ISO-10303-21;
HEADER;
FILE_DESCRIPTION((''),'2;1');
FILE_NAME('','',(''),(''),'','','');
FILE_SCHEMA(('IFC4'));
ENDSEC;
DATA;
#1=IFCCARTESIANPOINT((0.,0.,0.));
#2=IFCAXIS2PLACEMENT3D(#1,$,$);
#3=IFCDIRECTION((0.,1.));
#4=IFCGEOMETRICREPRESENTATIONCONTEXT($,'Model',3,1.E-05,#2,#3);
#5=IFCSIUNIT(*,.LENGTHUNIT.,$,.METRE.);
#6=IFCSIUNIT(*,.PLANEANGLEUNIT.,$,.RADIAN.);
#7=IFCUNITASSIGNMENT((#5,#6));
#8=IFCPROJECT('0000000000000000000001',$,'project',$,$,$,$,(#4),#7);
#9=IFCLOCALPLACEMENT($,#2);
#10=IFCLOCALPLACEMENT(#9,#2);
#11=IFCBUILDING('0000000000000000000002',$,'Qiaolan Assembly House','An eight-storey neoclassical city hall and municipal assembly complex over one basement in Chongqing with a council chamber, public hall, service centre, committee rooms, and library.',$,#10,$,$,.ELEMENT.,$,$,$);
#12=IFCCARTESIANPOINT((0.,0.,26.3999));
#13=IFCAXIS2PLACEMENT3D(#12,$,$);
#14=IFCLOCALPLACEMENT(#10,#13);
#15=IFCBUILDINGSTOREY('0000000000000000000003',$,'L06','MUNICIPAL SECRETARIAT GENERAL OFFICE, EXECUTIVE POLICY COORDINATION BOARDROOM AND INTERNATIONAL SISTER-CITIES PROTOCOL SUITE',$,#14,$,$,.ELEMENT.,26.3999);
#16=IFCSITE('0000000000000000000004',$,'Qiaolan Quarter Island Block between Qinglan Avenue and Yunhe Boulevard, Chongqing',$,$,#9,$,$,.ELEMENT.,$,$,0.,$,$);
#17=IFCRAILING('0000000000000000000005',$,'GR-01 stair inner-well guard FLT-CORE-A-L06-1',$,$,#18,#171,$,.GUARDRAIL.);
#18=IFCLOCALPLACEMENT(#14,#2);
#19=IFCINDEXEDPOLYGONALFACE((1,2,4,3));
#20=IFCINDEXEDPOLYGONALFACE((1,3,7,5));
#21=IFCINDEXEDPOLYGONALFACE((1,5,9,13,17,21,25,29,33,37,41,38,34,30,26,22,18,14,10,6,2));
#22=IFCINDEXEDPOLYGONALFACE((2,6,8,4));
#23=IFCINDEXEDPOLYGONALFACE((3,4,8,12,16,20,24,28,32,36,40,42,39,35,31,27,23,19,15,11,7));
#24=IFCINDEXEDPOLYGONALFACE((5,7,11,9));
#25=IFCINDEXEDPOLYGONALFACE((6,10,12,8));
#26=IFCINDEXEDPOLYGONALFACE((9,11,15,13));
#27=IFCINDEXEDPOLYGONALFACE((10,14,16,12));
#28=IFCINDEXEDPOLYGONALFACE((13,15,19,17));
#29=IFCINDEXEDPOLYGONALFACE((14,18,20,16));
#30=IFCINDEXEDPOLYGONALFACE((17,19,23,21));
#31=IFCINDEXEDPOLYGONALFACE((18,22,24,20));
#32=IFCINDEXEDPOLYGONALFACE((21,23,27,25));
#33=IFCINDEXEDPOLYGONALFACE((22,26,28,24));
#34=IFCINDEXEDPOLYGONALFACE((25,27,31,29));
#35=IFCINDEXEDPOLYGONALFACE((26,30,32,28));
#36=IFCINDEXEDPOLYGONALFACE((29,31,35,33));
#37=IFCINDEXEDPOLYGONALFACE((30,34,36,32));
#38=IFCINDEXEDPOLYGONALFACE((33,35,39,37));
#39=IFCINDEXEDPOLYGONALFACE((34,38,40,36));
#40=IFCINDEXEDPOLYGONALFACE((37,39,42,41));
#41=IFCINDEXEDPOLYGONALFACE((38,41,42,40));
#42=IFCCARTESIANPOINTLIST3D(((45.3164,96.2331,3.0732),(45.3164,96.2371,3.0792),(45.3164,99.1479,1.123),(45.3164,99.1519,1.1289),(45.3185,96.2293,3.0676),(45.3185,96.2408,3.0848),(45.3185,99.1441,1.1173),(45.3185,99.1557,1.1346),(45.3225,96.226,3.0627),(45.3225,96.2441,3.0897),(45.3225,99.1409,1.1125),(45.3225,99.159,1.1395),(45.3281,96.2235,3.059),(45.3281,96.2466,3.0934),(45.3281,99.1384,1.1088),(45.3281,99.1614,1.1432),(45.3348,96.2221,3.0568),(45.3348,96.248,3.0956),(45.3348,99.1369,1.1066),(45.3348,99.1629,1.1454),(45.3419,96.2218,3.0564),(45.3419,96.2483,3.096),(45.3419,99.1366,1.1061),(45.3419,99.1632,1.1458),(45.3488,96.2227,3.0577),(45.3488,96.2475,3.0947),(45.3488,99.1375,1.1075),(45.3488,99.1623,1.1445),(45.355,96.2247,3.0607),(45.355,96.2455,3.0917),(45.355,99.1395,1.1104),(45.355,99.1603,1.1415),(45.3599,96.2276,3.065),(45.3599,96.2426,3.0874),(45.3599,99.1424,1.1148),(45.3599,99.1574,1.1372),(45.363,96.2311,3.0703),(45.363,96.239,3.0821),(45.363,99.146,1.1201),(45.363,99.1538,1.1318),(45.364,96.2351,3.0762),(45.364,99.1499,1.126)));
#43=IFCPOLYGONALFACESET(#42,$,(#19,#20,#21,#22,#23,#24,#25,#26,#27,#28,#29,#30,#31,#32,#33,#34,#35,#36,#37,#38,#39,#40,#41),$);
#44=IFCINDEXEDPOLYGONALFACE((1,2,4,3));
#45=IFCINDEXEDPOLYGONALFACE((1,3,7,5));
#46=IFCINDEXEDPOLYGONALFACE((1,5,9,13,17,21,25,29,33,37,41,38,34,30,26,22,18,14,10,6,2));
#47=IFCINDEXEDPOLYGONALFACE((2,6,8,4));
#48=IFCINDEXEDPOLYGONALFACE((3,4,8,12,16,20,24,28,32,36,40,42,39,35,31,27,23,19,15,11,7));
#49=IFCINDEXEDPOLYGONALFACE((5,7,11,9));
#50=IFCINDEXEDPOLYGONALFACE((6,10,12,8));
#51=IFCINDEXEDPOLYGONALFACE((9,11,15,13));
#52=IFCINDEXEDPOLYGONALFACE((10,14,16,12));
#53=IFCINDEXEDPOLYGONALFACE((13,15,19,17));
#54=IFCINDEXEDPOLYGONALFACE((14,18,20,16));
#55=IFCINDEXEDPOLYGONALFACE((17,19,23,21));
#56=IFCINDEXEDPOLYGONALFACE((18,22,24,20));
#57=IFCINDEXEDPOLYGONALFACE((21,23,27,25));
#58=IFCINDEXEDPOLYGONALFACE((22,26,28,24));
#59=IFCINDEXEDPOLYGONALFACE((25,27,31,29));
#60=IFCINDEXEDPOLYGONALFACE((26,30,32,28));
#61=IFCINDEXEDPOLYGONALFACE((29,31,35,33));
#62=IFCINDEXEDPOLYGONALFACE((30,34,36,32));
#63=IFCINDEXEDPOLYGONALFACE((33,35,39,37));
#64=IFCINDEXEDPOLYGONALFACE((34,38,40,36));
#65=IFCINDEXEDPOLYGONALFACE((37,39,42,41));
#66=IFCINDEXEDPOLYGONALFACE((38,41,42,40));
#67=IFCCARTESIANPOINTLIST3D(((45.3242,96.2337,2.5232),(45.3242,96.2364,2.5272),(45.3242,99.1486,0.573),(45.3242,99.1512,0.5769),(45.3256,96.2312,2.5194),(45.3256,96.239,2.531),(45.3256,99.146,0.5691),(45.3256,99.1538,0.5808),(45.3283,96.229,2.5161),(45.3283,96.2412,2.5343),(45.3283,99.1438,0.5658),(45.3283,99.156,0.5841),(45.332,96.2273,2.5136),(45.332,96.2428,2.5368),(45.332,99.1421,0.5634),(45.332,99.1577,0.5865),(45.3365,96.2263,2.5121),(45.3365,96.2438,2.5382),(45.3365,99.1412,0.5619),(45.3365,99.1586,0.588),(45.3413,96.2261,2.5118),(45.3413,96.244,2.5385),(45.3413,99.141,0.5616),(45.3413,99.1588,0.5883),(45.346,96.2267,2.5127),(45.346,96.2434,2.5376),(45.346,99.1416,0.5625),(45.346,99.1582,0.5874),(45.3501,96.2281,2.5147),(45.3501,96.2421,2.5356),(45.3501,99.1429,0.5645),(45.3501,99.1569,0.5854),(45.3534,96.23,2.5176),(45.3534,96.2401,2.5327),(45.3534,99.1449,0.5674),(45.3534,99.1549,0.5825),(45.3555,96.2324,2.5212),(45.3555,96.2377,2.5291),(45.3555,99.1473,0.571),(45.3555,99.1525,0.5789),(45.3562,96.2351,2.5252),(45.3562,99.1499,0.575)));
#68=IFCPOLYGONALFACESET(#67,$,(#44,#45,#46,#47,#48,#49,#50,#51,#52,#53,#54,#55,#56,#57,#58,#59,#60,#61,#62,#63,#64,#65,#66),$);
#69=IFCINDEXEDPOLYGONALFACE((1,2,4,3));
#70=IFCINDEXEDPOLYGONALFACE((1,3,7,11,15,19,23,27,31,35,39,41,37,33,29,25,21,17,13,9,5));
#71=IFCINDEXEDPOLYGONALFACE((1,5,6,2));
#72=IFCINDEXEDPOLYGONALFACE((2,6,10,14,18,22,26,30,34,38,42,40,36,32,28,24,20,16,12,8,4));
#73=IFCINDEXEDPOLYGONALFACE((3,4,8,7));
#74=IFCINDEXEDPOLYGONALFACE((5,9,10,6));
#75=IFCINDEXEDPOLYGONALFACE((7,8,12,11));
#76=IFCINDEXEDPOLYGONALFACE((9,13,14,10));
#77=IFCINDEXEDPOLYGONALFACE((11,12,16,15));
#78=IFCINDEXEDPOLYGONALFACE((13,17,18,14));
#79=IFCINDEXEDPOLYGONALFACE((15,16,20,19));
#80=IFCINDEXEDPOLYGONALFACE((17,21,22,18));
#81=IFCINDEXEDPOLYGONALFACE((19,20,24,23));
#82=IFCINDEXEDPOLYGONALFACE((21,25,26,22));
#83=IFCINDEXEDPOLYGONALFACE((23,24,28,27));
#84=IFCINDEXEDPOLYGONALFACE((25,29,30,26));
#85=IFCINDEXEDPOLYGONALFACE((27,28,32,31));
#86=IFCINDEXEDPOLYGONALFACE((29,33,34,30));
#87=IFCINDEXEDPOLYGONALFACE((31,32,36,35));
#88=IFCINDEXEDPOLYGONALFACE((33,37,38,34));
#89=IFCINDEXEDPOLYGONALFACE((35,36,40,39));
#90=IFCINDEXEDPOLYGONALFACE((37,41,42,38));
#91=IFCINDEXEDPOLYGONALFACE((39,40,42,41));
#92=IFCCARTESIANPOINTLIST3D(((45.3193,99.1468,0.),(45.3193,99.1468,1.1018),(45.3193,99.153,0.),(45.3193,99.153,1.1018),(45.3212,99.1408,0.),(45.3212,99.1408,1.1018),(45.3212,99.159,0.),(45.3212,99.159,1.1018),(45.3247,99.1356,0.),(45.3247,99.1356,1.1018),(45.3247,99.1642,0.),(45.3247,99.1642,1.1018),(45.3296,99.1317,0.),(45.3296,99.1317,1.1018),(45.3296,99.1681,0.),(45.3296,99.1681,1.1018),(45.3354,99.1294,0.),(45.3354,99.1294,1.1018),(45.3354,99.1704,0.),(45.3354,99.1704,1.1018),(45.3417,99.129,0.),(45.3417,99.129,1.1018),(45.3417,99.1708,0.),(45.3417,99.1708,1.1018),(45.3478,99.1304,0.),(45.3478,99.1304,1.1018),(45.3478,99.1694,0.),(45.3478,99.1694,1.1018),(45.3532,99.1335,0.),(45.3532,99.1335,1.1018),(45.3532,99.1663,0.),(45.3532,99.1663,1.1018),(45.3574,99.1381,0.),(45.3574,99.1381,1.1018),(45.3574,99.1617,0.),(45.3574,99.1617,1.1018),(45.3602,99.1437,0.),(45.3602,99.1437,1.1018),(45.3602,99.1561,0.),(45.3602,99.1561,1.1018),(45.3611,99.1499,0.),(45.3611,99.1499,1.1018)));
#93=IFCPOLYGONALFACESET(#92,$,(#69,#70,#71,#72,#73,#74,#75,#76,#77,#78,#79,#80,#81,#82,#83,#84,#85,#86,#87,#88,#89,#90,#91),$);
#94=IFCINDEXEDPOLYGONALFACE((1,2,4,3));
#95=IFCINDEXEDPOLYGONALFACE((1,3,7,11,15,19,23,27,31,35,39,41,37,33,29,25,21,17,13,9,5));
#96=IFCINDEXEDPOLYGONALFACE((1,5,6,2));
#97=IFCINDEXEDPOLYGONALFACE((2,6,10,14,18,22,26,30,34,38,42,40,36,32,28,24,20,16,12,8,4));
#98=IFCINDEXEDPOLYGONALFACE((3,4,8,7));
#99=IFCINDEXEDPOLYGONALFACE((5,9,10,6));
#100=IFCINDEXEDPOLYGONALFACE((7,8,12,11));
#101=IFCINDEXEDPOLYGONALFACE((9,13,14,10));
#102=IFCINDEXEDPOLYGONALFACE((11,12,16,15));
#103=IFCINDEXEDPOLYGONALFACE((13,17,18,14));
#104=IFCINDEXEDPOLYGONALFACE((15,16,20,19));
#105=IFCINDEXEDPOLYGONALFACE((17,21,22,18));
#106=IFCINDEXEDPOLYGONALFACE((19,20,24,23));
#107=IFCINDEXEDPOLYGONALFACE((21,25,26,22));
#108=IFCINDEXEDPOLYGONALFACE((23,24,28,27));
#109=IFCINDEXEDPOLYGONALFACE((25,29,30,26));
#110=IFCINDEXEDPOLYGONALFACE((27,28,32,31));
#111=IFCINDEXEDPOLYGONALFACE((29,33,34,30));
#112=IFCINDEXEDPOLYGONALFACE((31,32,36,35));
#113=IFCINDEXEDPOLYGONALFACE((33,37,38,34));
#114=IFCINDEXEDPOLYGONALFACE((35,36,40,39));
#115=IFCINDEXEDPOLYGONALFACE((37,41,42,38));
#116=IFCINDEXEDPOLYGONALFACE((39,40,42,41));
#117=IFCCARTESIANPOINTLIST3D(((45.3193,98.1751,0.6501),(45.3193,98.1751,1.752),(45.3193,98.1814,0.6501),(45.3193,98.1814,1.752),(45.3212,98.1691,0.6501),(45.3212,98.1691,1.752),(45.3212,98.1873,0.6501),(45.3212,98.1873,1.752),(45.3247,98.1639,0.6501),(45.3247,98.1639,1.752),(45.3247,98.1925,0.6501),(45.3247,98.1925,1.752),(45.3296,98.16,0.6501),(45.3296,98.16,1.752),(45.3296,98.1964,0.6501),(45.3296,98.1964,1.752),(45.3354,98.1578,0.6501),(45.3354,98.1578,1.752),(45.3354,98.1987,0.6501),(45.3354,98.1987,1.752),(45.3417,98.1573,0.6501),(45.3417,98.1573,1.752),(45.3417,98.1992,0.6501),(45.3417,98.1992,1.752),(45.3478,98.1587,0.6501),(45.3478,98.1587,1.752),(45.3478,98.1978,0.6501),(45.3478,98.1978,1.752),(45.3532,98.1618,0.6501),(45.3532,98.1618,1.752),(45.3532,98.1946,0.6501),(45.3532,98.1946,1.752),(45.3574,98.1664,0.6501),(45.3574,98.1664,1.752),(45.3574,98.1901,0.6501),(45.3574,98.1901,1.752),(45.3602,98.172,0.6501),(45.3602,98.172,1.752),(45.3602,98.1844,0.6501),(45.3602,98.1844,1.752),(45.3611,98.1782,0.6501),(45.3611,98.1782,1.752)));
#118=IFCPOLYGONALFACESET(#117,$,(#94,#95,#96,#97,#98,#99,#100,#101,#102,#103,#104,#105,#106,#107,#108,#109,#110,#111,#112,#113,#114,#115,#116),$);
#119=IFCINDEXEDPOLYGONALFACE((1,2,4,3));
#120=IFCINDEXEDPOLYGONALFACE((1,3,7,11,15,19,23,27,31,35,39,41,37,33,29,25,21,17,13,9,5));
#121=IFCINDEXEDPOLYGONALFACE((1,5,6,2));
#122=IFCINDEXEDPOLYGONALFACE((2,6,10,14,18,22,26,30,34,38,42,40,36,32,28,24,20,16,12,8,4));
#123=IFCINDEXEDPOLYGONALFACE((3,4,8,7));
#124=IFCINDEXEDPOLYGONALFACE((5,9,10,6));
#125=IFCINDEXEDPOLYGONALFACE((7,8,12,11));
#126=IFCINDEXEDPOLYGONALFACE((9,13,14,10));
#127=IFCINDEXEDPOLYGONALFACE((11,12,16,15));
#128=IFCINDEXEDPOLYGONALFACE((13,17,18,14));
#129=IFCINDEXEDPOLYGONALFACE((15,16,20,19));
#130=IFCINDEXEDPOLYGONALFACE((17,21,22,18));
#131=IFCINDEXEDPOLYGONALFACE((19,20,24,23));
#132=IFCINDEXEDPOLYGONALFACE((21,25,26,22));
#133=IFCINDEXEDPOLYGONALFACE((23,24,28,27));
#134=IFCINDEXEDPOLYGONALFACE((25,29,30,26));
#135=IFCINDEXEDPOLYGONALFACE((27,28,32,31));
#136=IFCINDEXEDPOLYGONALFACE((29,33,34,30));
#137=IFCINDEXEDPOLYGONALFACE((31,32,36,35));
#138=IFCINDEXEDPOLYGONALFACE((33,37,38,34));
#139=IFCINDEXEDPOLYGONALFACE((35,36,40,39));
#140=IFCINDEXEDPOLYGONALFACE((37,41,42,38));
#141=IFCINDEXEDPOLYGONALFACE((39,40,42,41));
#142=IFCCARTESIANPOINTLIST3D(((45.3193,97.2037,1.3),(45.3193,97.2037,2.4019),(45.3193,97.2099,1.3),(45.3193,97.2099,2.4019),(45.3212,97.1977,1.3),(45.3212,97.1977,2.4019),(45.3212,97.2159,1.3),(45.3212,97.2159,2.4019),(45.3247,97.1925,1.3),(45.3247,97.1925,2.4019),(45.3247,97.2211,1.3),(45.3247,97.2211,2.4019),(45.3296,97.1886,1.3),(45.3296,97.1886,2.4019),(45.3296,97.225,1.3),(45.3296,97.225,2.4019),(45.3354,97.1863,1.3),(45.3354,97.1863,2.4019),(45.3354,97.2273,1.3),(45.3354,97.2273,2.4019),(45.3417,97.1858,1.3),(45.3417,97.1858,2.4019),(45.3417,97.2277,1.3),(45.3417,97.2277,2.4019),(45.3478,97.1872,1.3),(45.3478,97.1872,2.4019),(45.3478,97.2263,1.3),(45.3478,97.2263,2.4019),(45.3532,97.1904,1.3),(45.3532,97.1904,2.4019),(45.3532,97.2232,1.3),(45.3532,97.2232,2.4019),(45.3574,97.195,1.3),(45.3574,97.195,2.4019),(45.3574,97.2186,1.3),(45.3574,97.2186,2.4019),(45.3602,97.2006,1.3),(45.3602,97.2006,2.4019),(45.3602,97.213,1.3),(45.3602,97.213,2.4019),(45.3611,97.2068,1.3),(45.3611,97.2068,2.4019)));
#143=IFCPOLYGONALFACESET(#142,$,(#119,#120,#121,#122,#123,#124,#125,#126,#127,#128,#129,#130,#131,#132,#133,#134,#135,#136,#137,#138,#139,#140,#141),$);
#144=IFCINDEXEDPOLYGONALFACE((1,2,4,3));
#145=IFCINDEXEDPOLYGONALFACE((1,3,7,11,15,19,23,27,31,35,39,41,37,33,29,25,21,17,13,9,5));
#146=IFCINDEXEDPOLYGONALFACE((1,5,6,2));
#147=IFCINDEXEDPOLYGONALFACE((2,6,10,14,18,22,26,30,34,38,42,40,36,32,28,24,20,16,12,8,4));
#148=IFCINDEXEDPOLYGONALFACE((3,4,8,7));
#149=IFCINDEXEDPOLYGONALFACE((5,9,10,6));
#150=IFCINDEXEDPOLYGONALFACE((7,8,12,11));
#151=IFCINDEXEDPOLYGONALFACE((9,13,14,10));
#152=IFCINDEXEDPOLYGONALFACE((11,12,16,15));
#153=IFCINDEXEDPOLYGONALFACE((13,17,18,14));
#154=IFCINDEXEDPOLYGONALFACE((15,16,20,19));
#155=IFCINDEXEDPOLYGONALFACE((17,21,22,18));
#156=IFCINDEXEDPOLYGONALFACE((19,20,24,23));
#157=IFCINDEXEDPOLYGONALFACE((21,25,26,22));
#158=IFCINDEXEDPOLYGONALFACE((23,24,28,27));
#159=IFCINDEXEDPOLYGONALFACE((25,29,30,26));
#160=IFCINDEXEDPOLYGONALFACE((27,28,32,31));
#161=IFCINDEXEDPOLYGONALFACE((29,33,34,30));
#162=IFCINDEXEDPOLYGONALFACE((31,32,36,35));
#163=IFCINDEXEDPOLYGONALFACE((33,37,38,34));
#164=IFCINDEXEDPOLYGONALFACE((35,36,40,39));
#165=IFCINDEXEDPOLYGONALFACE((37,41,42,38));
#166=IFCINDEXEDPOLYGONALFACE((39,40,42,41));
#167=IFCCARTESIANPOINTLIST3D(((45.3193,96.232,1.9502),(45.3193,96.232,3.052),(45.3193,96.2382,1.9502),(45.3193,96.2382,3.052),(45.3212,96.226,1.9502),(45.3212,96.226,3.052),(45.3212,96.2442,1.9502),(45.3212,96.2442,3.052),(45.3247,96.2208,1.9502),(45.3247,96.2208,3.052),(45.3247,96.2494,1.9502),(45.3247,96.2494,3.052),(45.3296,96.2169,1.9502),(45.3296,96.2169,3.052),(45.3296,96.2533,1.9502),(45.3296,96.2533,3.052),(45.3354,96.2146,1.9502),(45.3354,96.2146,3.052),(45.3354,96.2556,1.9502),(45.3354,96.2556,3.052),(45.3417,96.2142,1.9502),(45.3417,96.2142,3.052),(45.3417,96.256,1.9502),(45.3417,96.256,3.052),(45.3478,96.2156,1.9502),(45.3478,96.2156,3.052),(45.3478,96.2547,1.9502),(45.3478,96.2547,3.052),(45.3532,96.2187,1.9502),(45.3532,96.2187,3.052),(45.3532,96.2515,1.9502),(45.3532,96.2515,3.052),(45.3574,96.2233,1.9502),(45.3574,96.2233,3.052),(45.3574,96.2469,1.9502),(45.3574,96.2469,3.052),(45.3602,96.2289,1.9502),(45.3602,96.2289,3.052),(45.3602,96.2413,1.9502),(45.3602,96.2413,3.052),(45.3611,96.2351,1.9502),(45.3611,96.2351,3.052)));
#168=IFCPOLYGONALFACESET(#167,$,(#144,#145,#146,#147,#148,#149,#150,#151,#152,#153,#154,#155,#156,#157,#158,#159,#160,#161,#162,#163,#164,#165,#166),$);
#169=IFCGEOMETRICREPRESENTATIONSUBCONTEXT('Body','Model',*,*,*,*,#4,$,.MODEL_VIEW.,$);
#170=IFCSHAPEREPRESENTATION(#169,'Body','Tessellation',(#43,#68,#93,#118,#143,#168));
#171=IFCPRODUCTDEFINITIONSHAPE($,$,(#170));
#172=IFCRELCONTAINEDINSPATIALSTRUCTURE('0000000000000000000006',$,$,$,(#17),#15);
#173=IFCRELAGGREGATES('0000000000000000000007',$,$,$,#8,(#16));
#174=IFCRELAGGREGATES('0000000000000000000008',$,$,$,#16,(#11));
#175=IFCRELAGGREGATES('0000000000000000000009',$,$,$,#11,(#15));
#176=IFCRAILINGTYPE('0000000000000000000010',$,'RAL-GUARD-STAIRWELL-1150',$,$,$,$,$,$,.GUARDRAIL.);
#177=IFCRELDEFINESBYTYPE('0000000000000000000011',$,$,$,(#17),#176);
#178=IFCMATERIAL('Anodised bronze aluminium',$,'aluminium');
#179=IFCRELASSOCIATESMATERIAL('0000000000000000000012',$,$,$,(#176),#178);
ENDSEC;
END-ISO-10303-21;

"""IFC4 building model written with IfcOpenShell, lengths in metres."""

from ifc_helpers import new_model, si_unit, direction, frame, origin, origin_2d, place, context, subcontext, project, spatial, circle, extrude, material, type_object, element, save


model = new_model("IFC4")

# Units and contexts
model_context = context("Model", 3, precision=1e-05, world=origin(), true_north=direction((0.0, 1.0)))
body_context = subcontext(model_context, "Body", "Model", "MODEL_VIEW")
ifc_project = project(units=[si_unit("LENGTHUNIT", "METRE"), si_unit("PLANEANGLEUNIT", "RADIAN")], contexts=[model_context])

# Site, building, storey
site_placement = place(None, origin())
site = spatial("IfcSite", under=ifc_project, at=site_placement, Name="Qiaolan Quarter Island Block between Qinglan Avenue and Yunhe Boulevard, Chongqing", CompositionType="ELEMENT", RefElevation=0.0)
building_placement = place(site_placement, origin())
building = spatial("IfcBuilding", under=site, at=building_placement, Name="Qiaolan Assembly House", Description="An eight-storey neoclassical city hall and municipal assembly complex over one basement in Chongqing with a council chamber, public hall, service centre, committee rooms, and library.", CompositionType="ELEMENT")
storey_placement = place(building_placement, frame((0.0, 0.0, 26.3999)))
storey = spatial("IfcBuildingStorey", under=building, at=storey_placement, Name="L06", Description="MUNICIPAL SECRETARIAT GENERAL OFFICE, EXECUTIVE POLICY COORDINATION BOARDROOM AND INTERNATIONAL SISTER-CITIES PROTOCOL SUITE", CompositionType="ELEMENT", Elevation=26.3999)

# Railing
ifc_material_1 = material(Name="Anodised bronze aluminium", Category="aluminium")
railing_type_1 = type_object("IfcRailingType", Name="RAL-GUARD-STAIRWELL-1150", PredefinedType="GUARDRAIL", material=ifc_material_1)
railing_1_placement = place(storey_placement, frame((45.3401, 99.1499, 0.0)))
element("IfcRailing", 1, at=railing_1_placement, inside=storey, type_object=railing_type_1, Name="GR-01 stair inner-well guard FLT-CORE-A-L06-1", PredefinedType="GUARDRAIL", context=body_context, shape_type="SweptSolid", body=[
    extrude(circle(Radius=0.0239, at=origin_2d()), frame((0.0, 0.0, 1.126), z_axis=(0.0, -0.831128, 0.556081), x_axis=(1.0, 0.0, 0.0)), (0.0, 0.0, 1.0), 3.5071),
    extrude(circle(Radius=0.0161, at=origin_2d()), frame((0.0, 0.0, 0.575), z_axis=(0.0, -0.831128, 0.556081), x_axis=(1.0, 0.0, 0.0)), (0.0, 0.0, 1.0), 3.5071),
    extrude(circle(Radius=0.021, at=origin_2d()), origin(), (0.0, 0.0, 1.0), 1.1018),
    extrude(circle(Radius=0.021, at=origin_2d()), frame((0.0, -0.9717, 0.6501)), (0.0, 0.0, 1.0), 1.1018),
    extrude(circle(Radius=0.021, at=origin_2d()), frame((0.0, -1.9431, 1.3)), (0.0, 0.0, 1.0), 1.1018),
    extrude(circle(Radius=0.021, at=origin_2d()), frame((0.0, -2.9148, 1.9502)), (0.0, 0.0, 1.0), 1.1018),
])

save(model, "model.ifc")
